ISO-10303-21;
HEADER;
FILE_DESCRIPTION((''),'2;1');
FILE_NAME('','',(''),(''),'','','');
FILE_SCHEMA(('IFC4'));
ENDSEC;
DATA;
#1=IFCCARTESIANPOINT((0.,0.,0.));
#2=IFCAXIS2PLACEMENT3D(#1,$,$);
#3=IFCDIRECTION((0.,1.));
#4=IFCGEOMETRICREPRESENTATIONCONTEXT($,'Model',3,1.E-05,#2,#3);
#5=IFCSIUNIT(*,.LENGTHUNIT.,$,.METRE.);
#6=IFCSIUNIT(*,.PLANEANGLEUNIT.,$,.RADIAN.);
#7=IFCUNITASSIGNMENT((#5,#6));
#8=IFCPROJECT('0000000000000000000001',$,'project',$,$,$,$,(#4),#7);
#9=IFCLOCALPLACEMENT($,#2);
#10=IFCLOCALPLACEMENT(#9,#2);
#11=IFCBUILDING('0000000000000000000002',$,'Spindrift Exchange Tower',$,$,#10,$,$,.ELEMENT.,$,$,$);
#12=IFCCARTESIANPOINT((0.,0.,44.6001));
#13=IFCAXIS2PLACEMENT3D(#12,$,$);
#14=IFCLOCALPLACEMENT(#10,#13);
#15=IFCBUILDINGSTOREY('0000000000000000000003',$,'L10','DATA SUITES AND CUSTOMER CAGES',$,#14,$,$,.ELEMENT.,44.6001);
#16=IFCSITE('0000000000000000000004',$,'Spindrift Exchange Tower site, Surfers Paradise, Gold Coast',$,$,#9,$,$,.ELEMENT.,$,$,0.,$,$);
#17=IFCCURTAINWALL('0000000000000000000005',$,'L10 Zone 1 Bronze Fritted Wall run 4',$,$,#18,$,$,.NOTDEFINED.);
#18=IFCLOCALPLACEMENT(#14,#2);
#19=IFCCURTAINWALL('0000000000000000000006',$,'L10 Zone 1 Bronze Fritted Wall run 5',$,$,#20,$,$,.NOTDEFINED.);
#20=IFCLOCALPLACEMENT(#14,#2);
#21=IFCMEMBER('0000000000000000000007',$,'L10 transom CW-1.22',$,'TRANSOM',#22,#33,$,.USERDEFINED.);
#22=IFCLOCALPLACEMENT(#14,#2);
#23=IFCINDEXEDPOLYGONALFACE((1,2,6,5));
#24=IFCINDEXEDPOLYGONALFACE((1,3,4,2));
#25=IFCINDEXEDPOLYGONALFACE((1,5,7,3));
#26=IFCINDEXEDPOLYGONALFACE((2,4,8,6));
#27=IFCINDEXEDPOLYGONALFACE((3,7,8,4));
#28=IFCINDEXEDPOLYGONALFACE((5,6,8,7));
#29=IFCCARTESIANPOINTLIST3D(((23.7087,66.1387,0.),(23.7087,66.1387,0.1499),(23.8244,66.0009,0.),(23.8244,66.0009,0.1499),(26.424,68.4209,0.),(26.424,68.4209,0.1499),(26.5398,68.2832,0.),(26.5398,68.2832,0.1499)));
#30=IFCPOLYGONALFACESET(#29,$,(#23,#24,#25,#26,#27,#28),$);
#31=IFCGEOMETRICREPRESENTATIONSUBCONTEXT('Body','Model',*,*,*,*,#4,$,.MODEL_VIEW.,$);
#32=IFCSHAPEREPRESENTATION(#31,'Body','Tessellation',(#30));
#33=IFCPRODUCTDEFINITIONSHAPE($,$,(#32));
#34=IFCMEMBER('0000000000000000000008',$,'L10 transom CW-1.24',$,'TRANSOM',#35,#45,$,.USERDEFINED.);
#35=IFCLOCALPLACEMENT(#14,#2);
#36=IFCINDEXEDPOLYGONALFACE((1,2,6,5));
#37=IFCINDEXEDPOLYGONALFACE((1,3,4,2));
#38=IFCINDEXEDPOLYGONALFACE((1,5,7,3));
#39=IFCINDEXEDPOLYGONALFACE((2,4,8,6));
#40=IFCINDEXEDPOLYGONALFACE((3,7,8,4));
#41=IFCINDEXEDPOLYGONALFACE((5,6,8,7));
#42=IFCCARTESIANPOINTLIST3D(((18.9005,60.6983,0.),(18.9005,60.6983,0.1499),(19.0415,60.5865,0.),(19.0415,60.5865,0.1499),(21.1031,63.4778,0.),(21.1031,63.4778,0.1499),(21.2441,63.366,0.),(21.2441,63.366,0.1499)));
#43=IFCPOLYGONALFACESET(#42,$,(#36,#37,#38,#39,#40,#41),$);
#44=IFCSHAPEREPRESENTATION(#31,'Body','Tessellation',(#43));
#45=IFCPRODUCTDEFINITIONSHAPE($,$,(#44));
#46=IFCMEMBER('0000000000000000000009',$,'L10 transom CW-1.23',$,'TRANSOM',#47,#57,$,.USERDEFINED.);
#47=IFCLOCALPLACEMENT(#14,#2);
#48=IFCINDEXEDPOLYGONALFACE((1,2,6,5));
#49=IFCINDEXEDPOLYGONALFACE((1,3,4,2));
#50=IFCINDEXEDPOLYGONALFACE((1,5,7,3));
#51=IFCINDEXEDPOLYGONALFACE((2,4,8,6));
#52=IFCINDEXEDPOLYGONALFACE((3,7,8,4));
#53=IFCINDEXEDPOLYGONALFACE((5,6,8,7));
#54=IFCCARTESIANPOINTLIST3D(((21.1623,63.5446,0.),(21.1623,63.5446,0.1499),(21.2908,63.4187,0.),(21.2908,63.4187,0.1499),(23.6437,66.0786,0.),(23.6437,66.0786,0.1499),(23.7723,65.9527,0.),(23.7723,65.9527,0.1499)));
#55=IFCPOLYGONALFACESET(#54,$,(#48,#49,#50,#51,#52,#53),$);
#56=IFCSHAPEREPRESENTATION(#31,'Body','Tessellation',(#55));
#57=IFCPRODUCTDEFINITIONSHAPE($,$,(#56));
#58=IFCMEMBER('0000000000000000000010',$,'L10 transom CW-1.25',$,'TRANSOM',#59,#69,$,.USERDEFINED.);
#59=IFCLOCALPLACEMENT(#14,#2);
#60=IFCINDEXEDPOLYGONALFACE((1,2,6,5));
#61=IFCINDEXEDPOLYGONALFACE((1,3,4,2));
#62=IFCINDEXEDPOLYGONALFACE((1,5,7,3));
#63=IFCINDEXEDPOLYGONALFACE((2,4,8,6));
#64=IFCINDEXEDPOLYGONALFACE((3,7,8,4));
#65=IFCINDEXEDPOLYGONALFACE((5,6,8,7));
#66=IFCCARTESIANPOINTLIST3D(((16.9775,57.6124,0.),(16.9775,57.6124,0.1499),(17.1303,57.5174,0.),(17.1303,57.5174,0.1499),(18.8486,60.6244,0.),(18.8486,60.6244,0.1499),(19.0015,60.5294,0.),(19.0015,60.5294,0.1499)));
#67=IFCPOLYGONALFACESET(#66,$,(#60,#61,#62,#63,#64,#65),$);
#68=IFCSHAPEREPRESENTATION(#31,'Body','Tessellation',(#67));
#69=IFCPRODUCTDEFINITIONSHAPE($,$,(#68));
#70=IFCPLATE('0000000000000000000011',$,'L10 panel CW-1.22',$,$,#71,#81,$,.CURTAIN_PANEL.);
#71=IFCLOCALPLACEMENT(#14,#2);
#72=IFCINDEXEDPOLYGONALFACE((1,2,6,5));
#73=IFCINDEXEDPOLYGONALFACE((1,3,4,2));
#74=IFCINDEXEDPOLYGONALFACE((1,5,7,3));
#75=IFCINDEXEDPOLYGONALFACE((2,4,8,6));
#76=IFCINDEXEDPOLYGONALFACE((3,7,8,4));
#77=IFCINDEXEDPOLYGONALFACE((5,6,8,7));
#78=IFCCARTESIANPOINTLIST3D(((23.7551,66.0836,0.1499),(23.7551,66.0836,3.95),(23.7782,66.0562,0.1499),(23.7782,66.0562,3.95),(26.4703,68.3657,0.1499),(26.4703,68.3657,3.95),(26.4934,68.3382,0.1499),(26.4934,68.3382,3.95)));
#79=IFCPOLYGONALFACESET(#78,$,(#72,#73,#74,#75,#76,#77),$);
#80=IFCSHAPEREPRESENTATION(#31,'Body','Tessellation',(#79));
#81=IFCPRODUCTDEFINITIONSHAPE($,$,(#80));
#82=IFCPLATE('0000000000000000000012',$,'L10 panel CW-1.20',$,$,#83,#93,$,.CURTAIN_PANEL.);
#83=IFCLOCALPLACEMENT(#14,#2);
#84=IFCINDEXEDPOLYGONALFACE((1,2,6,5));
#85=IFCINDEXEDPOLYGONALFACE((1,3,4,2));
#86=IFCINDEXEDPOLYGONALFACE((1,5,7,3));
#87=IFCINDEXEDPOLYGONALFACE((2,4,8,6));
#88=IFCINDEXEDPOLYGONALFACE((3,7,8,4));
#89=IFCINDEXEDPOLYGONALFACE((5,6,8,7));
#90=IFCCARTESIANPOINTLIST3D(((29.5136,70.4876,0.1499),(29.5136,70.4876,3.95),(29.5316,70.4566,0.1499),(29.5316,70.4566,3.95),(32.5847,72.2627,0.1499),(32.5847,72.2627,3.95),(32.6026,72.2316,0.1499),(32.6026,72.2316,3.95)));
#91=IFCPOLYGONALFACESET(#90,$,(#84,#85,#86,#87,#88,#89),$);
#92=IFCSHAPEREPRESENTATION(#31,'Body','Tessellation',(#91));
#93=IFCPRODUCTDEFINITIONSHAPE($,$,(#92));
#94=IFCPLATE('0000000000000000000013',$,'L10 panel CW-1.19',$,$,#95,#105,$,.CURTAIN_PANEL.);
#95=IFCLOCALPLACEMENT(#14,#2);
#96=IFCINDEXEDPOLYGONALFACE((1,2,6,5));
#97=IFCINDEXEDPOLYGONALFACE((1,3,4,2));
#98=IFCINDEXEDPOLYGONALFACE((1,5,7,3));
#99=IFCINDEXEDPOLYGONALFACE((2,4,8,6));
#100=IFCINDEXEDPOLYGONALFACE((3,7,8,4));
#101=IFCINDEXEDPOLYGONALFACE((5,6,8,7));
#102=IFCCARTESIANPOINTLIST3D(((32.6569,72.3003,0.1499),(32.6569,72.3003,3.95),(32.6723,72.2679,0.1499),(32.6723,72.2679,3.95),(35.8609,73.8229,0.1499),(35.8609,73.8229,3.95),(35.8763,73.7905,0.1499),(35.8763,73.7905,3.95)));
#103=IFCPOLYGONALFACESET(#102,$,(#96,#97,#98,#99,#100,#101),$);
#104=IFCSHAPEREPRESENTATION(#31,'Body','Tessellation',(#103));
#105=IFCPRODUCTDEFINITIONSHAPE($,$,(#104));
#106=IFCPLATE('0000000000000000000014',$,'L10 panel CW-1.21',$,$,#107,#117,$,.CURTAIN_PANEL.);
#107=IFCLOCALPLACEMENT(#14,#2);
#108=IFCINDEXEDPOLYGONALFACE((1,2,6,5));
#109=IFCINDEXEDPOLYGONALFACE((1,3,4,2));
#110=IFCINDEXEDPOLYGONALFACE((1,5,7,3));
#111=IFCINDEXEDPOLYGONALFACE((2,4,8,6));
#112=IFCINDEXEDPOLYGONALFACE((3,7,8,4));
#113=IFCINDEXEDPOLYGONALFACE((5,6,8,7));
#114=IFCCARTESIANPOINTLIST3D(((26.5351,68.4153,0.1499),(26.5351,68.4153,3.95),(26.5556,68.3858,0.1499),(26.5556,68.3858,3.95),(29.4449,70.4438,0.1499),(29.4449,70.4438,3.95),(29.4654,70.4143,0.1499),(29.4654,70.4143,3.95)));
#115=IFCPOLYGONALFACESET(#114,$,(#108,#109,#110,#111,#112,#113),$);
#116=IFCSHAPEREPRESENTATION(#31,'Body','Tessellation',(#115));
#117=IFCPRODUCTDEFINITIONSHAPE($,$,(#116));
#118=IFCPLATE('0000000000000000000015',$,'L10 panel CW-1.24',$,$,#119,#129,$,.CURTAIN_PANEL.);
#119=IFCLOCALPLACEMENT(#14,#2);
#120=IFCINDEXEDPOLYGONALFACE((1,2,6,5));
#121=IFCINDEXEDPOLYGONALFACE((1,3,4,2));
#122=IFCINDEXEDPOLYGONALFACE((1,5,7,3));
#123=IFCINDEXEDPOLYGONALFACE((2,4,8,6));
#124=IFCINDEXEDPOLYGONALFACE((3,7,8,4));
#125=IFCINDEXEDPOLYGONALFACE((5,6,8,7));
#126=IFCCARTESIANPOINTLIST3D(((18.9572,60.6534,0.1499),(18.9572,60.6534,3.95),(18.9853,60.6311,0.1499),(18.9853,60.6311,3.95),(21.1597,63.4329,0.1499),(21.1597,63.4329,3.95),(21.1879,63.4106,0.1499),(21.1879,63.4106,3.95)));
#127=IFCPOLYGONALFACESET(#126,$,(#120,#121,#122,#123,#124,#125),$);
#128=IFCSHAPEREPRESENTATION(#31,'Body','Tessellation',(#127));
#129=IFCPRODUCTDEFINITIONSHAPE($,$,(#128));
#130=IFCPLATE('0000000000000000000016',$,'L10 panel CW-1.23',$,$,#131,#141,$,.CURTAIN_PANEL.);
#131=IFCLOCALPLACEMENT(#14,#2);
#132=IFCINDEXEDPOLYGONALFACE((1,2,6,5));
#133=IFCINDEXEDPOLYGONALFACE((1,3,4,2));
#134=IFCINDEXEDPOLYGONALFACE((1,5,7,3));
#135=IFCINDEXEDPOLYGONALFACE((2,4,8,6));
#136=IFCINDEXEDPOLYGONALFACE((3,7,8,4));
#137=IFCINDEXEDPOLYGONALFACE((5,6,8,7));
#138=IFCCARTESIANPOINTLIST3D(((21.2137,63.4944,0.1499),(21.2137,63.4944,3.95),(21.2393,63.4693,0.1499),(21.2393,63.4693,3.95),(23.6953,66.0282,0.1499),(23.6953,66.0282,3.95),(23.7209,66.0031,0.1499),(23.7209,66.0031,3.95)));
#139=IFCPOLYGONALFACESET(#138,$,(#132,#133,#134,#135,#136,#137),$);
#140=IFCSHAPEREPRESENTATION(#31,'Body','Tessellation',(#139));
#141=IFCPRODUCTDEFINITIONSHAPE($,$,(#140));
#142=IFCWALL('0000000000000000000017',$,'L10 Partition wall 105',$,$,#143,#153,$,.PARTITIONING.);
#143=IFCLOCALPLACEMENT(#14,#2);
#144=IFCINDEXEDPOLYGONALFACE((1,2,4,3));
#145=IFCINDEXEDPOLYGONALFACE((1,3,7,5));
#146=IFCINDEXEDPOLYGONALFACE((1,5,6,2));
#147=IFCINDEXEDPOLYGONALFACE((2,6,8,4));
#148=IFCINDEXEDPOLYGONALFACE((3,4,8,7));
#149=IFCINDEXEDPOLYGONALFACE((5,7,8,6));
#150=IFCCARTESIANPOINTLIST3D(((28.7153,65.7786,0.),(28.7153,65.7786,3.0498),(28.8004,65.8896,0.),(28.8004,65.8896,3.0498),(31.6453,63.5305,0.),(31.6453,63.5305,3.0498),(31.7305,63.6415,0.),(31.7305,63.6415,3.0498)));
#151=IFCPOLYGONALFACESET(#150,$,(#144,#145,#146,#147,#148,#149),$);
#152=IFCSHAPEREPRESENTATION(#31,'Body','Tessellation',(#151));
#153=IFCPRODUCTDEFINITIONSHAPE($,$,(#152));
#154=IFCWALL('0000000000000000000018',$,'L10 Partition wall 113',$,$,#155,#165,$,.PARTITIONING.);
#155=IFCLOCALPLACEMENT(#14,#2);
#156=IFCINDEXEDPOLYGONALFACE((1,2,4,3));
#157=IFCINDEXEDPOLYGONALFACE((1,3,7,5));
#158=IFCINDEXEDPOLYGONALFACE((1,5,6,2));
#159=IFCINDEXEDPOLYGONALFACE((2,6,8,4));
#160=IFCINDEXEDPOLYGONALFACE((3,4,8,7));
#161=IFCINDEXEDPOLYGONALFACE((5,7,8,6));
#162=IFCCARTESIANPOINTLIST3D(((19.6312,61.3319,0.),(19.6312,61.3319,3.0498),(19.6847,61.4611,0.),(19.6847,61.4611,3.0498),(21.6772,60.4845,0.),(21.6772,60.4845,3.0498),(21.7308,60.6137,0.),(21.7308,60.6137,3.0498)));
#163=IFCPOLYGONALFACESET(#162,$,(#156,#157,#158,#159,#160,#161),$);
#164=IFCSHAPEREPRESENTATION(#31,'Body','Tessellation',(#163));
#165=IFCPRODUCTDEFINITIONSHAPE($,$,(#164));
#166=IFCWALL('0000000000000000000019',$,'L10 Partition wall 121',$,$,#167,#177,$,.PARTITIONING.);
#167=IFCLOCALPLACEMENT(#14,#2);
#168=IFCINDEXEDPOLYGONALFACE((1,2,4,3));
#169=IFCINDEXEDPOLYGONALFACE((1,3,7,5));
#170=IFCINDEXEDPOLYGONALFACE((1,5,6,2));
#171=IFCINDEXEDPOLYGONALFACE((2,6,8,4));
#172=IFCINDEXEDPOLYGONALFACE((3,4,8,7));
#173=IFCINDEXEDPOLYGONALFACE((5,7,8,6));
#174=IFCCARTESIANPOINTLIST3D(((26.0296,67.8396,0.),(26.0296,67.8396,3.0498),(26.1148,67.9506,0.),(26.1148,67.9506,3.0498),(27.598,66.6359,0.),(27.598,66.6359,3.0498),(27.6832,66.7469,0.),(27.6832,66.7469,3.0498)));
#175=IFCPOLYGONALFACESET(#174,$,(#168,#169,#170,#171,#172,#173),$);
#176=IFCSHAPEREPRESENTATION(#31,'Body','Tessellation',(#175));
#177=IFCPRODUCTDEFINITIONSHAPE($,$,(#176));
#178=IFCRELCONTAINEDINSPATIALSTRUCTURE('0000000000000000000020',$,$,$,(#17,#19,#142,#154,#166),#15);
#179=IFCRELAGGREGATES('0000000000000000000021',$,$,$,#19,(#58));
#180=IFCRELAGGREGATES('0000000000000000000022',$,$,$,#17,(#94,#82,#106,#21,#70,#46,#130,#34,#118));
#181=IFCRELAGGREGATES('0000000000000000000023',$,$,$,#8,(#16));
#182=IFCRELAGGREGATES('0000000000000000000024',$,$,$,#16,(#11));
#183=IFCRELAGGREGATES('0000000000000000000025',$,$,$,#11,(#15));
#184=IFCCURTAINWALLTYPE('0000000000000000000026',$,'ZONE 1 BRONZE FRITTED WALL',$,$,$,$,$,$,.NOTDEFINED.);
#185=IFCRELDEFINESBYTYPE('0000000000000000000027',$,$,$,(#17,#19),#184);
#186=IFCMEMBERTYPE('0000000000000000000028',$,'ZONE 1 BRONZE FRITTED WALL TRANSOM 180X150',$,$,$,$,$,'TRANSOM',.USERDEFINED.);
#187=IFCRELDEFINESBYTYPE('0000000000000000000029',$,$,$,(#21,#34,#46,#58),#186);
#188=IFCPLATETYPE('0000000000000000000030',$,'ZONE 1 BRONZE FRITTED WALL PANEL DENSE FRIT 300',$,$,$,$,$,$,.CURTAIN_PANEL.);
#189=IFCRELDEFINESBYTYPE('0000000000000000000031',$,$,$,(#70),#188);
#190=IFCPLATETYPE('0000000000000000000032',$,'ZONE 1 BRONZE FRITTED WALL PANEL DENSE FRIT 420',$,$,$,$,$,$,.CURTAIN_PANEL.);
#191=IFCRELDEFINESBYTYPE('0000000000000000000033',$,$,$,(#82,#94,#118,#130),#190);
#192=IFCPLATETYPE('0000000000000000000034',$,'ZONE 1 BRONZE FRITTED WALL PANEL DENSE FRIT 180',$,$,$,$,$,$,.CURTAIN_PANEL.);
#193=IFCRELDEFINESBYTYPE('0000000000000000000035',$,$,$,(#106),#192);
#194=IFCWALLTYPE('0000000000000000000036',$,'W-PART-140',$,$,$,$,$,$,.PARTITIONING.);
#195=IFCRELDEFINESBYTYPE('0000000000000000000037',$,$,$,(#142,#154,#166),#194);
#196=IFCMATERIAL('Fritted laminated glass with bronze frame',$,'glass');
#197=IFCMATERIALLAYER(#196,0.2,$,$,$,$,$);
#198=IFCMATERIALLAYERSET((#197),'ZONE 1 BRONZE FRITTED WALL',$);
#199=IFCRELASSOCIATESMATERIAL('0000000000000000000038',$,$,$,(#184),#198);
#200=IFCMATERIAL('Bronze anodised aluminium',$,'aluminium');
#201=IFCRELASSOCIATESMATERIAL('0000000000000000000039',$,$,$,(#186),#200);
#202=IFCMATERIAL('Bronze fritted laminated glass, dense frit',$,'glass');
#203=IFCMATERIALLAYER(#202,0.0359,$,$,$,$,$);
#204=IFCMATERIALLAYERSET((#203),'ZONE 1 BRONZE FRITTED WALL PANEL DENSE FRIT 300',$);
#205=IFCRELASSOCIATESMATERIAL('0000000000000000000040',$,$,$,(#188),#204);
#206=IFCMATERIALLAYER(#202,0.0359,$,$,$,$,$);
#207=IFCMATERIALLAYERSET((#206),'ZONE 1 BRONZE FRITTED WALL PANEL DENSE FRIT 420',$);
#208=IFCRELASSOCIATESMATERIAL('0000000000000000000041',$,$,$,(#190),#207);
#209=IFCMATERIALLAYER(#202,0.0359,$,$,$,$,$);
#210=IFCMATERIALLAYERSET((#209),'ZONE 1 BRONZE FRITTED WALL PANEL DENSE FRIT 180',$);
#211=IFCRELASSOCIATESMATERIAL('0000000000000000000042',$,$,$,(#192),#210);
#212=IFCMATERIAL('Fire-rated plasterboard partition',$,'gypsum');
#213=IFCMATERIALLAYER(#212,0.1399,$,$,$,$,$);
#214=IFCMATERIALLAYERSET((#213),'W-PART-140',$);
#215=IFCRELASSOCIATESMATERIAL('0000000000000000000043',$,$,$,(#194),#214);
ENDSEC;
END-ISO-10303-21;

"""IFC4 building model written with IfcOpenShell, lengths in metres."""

from ifc_helpers import new_model, si_unit, direction, frame, frame_2d, origin, origin_2d, place, context, subcontext, project, spatial, rectangle, extrude, source, transform, mapped, material, layer, layer_set, material_profile, profile_set, type_object, element, aggregate, save


model = new_model("IFC4")

# Units and contexts
model_context = context("Model", 3, precision=1e-05, world=origin(), true_north=direction((0.0, 1.0)))
body_context = subcontext(model_context, "Body", "Model", "MODEL_VIEW")
ifc_project = project(units=[si_unit("LENGTHUNIT", "METRE"), si_unit("PLANEANGLEUNIT", "RADIAN")], contexts=[model_context])

# Site, building, storey
site_placement = place(None, origin())
site = spatial("IfcSite", under=ifc_project, at=site_placement, Name="Spindrift Exchange Tower site, Surfers Paradise, Gold Coast", CompositionType="ELEMENT", RefElevation=0.0)
building_placement = place(site_placement, origin())
building = spatial("IfcBuilding", under=site, at=building_placement, Name="Spindrift Exchange Tower", CompositionType="ELEMENT")
storey_placement = place(building_placement, frame((0.0, 0.0, 44.6001)))
storey = spatial("IfcBuildingStorey", under=building, at=storey_placement, Name="L10", Description="DATA SUITES AND CUSTOMER CAGES", CompositionType="ELEMENT", Elevation=44.6001)

# Curtain wall
ifc_material_1 = material(Name="Fritted laminated glass with bronze frame", Category="glass")
ifc_layer_1 = layer(ifc_material_1, 0.2)
ifc_layer_set_1 = layer_set([ifc_layer_1], Name="ZONE 1 BRONZE FRITTED WALL")
curtain_wall_type = type_object("IfcCurtainWallType", Name="ZONE 1 BRONZE FRITTED WALL", PredefinedType="NOTDEFINED", material=ifc_layer_set_1)
curtain_wall_1_placement = place(storey_placement, origin())
curtain_wall_1 = element("IfcCurtainWall", 1, at=curtain_wall_1_placement, inside=storey, type_object=curtain_wall_type, Name="L10 Zone 1 Bronze Fritted Wall run 4", PredefinedType="NOTDEFINED")
ifc_material_2 = material(Name="Bronze anodised aluminium", Category="aluminium")

# Curtain wall
curtain_wall_2_placement = place(storey_placement, origin())
curtain_wall_2 = element("IfcCurtainWall", 2, at=curtain_wall_2_placement, inside=storey, type_object=curtain_wall_type, Name="L10 Zone 1 Bronze Fritted Wall run 5", PredefinedType="NOTDEFINED")

# Members
ifc_material_profile_1 = material_profile(ifc_material_2, rectangle(XDim=0.1799, YDim=0.1499, at=origin_2d()), Name="ZONE 1 BRONZE FRITTED WALL TRANSOM 180X150")
ifc_profile_set_1 = profile_set([ifc_material_profile_1], Name="Bronze anodised aluminium")
member_type_1 = type_object("IfcMemberType", Name="ZONE 1 BRONZE FRITTED WALL TRANSOM 180X150", ElementType="TRANSOM", PredefinedType="USERDEFINED", material=ifc_profile_set_1)
shared_shape_1 = source(origin(), body_context, "Body", "SweptSolid", [
    extrude(rectangle(XDim=0.1799, YDim=0.1499, at=origin_2d()), origin(), (0.0, 0.0, 1.0), 3.5471),
])
member_1_placement = place(storey_placement, frame((26.4819, 68.3521, 0.075), z_axis=(-0.765518, -0.643415, 0.0), x_axis=(0.643415, -0.765518, 0.0)))
member_1 = element("IfcMember", 3, at=member_1_placement, type_object=member_type_1, Name="L10 transom CW-1.22", ObjectType="TRANSOM", PredefinedType="USERDEFINED", context=body_context, shape_type="MappedRepresentation", body=[
    mapped(shared_shape_1, transform((0.0, 0.0, 0.0), scale=1.0)),
])
shared_shape_2 = source(origin(), body_context, "Body", "SweptSolid", [
    extrude(rectangle(XDim=0.1799, YDim=0.1499, at=origin_2d()), origin(), (0.0, 0.0, 1.0), 3.5464),
])
member_2_placement = place(storey_placement, frame((21.1736, 63.4219, 0.075), z_axis=(-0.621078, -0.783748, 0.0), x_axis=(0.783748, -0.621078, 0.0)))
member_2 = element("IfcMember", 4, at=member_2_placement, type_object=member_type_1, Name="L10 transom CW-1.24", ObjectType="TRANSOM", PredefinedType="USERDEFINED", context=body_context, shape_type="MappedRepresentation", body=[
    mapped(shared_shape_2, transform((0.0, 0.0, 0.0), scale=1.0)),
])
shared_shape_3 = source(origin(), body_context, "Body", "SweptSolid", [
    extrude(rectangle(XDim=0.1799, YDim=0.1499, at=origin_2d()), origin(), (0.0, 0.0, 1.0), 3.5466),
])
member_3_placement = place(storey_placement, frame((23.708, 66.0156, 0.075), z_axis=(-0.699668, -0.714468, 0.0), x_axis=(0.714468, -0.699668, 0.0)))
member_3 = element("IfcMember", 5, at=member_3_placement, type_object=member_type_1, Name="L10 transom CW-1.23", ObjectType="TRANSOM", PredefinedType="USERDEFINED", context=body_context, shape_type="MappedRepresentation", body=[
    mapped(shared_shape_3, transform((0.0, 0.0, 0.0), scale=1.0)),
])
shared_shape_4 = source(origin(), body_context, "Body", "SweptSolid", [
    extrude(rectangle(XDim=0.1799, YDim=0.1499, at=origin_2d()), origin(), (0.0, 0.0, 1.0), 3.5459),
])
member_4_placement = place(storey_placement, frame((18.925, 60.5769, 0.075), z_axis=(-0.527688, -0.849438, 0.0), x_axis=(0.849438, -0.527688, 0.0)))
member_4 = element("IfcMember", 6, at=member_4_placement, type_object=member_type_1, Name="L10 transom CW-1.25", ObjectType="TRANSOM", PredefinedType="USERDEFINED", context=body_context, shape_type="MappedRepresentation", body=[
    mapped(shared_shape_4, transform((0.0, 0.0, 0.0), scale=1.0)),
])
aggregate(curtain_wall_2, [member_4])

# Plates
ifc_material_3 = material(Name="Bronze fritted laminated glass, dense frit", Category="glass")
ifc_layer_2 = layer(ifc_material_3, 0.0359)
ifc_layer_set_2 = layer_set([ifc_layer_2], Name="ZONE 1 BRONZE FRITTED WALL PANEL DENSE FRIT 300")
plate_type_1 = type_object("IfcPlateType", Name="ZONE 1 BRONZE FRITTED WALL PANEL DENSE FRIT 300", PredefinedType="CURTAIN_PANEL", material=ifc_layer_set_2)
shared_shape_5 = source(origin(), body_context, "Body", "SweptSolid", [
    extrude(rectangle(XDim=3.5469, YDim=0.0359, at=origin_2d()), origin(), (0.0, 0.0, 1.0), 3.8),
])
plate_1_placement = place(storey_placement, frame((25.1243, 67.2109, 0.1499), z_axis=(0.0, 0.0, 1.0), x_axis=(-0.765523, -0.643409, 0.0)))
plate_1 = element("IfcPlate", 7, at=plate_1_placement, type_object=plate_type_1, Name="L10 panel CW-1.22", PredefinedType="CURTAIN_PANEL", context=body_context, shape_type="MappedRepresentation", body=[
    mapped(shared_shape_5, transform((0.0, 0.0, 0.0), scale=1.0)),
])
ifc_layer_3 = layer(ifc_material_3, 0.0359)
ifc_layer_set_3 = layer_set([ifc_layer_3], Name="ZONE 1 BRONZE FRITTED WALL PANEL DENSE FRIT 420")
plate_type_2 = type_object("IfcPlateType", Name="ZONE 1 BRONZE FRITTED WALL PANEL DENSE FRIT 420", PredefinedType="CURTAIN_PANEL", material=ifc_layer_set_3)
shared_shape_6 = source(origin(), body_context, "Body", "SweptSolid", [
    extrude(rectangle(XDim=3.5471, YDim=0.0359, at=origin_2d()), origin(), (0.0, 0.0, 1.0), 3.8),
])
plate_2_placement = place(storey_placement, frame((31.0581, 71.3596, 0.1499), z_axis=(0.0, 0.0, 1.0), x_axis=(-0.865788, -0.500411, 0.0)))
plate_2 = element("IfcPlate", 8, at=plate_2_placement, type_object=plate_type_2, Name="L10 panel CW-1.20", PredefinedType="CURTAIN_PANEL", context=body_context, shape_type="MappedRepresentation", body=[
    mapped(shared_shape_6, transform((0.0, 0.0, 0.0), scale=1.0)),
])
shared_shape_7 = source(origin(), body_context, "Body", "SweptSolid", [
    extrude(rectangle(XDim=3.5474, YDim=0.0359, at=origin_2d()), origin(), (0.0, 0.0, 1.0), 3.8),
])
plate_3_placement = place(storey_placement, frame((34.2666, 73.0454, 0.1499), z_axis=(0.0, 0.0, 1.0), x_axis=(-0.903202, -0.429216, 0.0)))
plate_3 = element("IfcPlate", 9, at=plate_3_placement, type_object=plate_type_2, Name="L10 panel CW-1.19", PredefinedType="CURTAIN_PANEL", context=body_context, shape_type="MappedRepresentation", body=[
    mapped(shared_shape_7, transform((0.0, 0.0, 0.0), scale=1.0)),
])
ifc_layer_4 = layer(ifc_material_3, 0.0359)
ifc_layer_set_4 = layer_set([ifc_layer_4], Name="ZONE 1 BRONZE FRITTED WALL PANEL DENSE FRIT 180")
plate_type_3 = type_object("IfcPlateType", Name="ZONE 1 BRONZE FRITTED WALL PANEL DENSE FRIT 180", PredefinedType="CURTAIN_PANEL", material=ifc_layer_set_4)
shared_shape_8 = source(origin(), body_context, "Body", "SweptSolid", [
    extrude(rectangle(XDim=3.5471, YDim=0.0359, at=origin_2d()), origin(), (0.0, 0.0, 1.0), 3.8),
])
plate_4_placement = place(storey_placement, frame((28.0002, 69.4148, 0.1499), z_axis=(0.0, 0.0, 1.0), x_axis=(-0.820342, -0.571874, 0.0)))
plate_4 = element("IfcPlate", 10, at=plate_4_placement, type_object=plate_type_3, Name="L10 panel CW-1.21", PredefinedType="CURTAIN_PANEL", context=body_context, shape_type="MappedRepresentation", body=[
    mapped(shared_shape_8, transform((0.0, 0.0, 0.0), scale=1.0)),
])
shared_shape_9 = source(origin(), body_context, "Body", "SweptSolid", [
    extrude(rectangle(XDim=3.5464, YDim=0.0359, at=origin_2d()), origin(), (0.0, 0.0, 1.0), 3.8),
])
plate_5_placement = place(storey_placement, frame((20.0725, 62.032, 0.1499), z_axis=(0.0, 0.0, 1.0), x_axis=(-0.621079, -0.783748, 0.0)))
plate_5 = element("IfcPlate", 11, at=plate_5_placement, type_object=plate_type_2, Name="L10 panel CW-1.24", PredefinedType="CURTAIN_PANEL", context=body_context, shape_type="MappedRepresentation", body=[
    mapped(shared_shape_9, transform((0.0, 0.0, 0.0), scale=1.0)),
])
shared_shape_10 = source(origin(), body_context, "Body", "SweptSolid", [
    extrude(rectangle(XDim=3.5466, YDim=0.0359, at=origin_2d()), origin(), (0.0, 0.0, 1.0), 3.8),
])
plate_6_placement = place(storey_placement, frame((22.4673, 64.7488, 0.1499), z_axis=(0.0, 0.0, 1.0), x_axis=(-0.699706, -0.714431, 0.0)))
plate_6 = element("IfcPlate", 12, at=plate_6_placement, type_object=plate_type_2, Name="L10 panel CW-1.23", PredefinedType="CURTAIN_PANEL", context=body_context, shape_type="MappedRepresentation", body=[
    mapped(shared_shape_10, transform((0.0, 0.0, 0.0), scale=1.0)),
])
aggregate(curtain_wall_1, [plate_3, plate_2, plate_4, member_1, plate_1, member_3, plate_6, member_2, plate_5])

# Walls
ifc_material_4 = material(Name="Fire-rated plasterboard partition", Category="gypsum")
ifc_layer_5 = layer(ifc_material_4, 0.1399)
ifc_layer_set_5 = layer_set([ifc_layer_5], Name="W-PART-140")
wall_type = type_object("IfcWallType", Name="W-PART-140", PredefinedType="PARTITIONING", material=ifc_layer_set_5)
wall_1_placement = place(storey_placement, frame((31.688, 63.5859, 0.0), z_axis=(0.0, 0.0, 1.0), x_axis=(-0.793375, 0.608733, 0.0)))
element("IfcWall", 13, at=wall_1_placement, inside=storey, type_object=wall_type, Name="L10 Partition wall 105", PredefinedType="PARTITIONING", context=body_context, shape_type="SweptSolid", body=[
    extrude(rectangle(XDim=3.6931, YDim=0.1399, at=frame_2d((1.8467, 0.0))), origin(), (0.0, 0.0, 1.0), 3.0498),
])
wall_2_placement = place(storey_placement, frame((21.7041, 60.5491, 0.0), z_axis=(0.0, 0.0, 1.0), x_axis=(-0.9239, 0.382634, 0.0)))
element("IfcWall", 14, at=wall_2_placement, inside=storey, type_object=wall_type, Name="L10 Partition wall 113", PredefinedType="PARTITIONING", context=body_context, shape_type="SweptSolid", body=[
    extrude(rectangle(XDim=2.2146, YDim=0.1399, at=frame_2d((1.1074, 0.0))), origin(), (0.0, 0.0, 1.0), 3.0498),
])
wall_3_placement = place(storey_placement, frame((27.6406, 66.6914, 0.0), z_axis=(0.0, 0.0, 1.0), x_axis=(-0.793312, 0.608815, 0.0)))
element("IfcWall", 15, at=wall_3_placement, inside=storey, type_object=wall_type, Name="L10 Partition wall 121", PredefinedType="PARTITIONING", context=body_context, shape_type="SweptSolid", body=[
    extrude(rectangle(XDim=1.9771, YDim=0.1399, at=frame_2d((0.9885, 0.0))), origin(), (0.0, 0.0, 1.0), 3.0498),
])

save(model, "model.ifc")
